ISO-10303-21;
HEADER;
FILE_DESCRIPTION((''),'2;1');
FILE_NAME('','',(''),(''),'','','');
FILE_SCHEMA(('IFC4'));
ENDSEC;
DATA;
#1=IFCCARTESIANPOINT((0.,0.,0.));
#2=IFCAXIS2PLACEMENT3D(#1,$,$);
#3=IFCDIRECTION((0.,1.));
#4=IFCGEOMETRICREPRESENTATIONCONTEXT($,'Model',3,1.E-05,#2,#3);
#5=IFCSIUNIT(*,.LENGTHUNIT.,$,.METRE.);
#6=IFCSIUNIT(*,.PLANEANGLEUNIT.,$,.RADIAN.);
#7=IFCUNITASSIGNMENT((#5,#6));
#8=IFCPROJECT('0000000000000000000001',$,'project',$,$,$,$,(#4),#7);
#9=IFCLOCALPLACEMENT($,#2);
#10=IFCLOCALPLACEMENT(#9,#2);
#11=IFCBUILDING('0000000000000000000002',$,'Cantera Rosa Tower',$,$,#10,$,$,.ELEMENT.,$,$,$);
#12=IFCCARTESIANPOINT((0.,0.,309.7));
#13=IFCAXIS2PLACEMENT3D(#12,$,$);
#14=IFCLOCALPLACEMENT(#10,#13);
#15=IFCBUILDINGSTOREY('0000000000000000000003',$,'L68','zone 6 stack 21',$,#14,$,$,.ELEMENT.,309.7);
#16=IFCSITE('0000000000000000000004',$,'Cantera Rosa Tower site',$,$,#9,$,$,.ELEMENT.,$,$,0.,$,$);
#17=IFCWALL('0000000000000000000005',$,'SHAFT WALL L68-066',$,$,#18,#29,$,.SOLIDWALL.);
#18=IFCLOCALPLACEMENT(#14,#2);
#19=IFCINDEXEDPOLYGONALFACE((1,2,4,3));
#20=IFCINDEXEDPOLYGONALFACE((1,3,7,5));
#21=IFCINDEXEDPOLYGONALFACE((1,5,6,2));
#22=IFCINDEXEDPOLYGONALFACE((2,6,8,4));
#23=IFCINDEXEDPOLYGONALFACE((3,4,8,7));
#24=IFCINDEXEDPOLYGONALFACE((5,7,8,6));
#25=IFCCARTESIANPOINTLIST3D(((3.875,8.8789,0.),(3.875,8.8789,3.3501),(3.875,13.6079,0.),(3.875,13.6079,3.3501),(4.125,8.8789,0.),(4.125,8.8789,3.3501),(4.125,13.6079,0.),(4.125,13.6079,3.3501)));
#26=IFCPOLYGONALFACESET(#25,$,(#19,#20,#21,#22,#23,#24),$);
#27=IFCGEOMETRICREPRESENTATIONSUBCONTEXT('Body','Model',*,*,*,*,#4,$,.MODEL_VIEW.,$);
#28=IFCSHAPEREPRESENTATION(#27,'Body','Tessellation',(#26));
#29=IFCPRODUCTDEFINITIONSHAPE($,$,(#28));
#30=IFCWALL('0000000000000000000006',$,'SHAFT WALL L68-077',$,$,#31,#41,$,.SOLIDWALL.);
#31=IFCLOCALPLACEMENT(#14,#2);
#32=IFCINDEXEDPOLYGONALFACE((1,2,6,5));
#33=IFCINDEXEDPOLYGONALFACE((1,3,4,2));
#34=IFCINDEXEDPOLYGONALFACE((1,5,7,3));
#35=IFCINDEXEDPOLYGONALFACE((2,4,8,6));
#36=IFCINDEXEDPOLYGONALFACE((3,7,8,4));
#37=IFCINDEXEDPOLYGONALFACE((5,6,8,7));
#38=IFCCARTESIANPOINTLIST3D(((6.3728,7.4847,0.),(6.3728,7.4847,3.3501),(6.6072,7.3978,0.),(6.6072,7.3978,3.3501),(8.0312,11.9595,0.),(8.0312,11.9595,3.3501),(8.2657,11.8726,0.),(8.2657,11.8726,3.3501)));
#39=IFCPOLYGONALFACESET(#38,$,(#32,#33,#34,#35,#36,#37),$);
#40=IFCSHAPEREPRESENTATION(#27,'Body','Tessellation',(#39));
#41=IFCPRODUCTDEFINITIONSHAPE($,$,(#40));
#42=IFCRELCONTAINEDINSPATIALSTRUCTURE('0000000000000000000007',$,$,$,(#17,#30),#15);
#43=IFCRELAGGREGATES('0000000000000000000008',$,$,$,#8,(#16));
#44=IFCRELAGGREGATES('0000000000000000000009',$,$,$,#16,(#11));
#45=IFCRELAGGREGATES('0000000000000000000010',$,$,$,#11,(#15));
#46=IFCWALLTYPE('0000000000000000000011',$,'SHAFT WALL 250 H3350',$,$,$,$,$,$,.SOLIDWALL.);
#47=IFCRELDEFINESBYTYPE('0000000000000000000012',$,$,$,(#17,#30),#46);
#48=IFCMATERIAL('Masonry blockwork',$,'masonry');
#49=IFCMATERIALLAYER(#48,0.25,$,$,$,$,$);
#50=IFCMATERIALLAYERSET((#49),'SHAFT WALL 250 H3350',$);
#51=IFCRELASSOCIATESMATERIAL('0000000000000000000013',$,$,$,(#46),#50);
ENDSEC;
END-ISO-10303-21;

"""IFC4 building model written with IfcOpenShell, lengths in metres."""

from ifc_helpers import new_model, si_unit, direction, frame, frame_2d, origin, place, context, subcontext, project, spatial, rectangle, extrude, material, layer, layer_set, type_object, element, save


model = new_model("IFC4")

# Units and contexts
model_context = context("Model", 3, precision=1e-05, world=origin(), true_north=direction((0.0, 1.0)))
body_context = subcontext(model_context, "Body", "Model", "MODEL_VIEW")
ifc_project = project(units=[si_unit("LENGTHUNIT", "METRE"), si_unit("PLANEANGLEUNIT", "RADIAN")], contexts=[model_context])

# Site, building, storey
site_placement = place(None, origin())
site = spatial("IfcSite", under=ifc_project, at=site_placement, Name="Cantera Rosa Tower site", CompositionType="ELEMENT", RefElevation=0.0)
building_placement = place(site_placement, origin())
building = spatial("IfcBuilding", under=site, at=building_placement, Name="Cantera Rosa Tower", CompositionType="ELEMENT")
storey_placement = place(building_placement, frame((0.0, 0.0, 309.7)))
storey = spatial("IfcBuildingStorey", under=building, at=storey_placement, Name="L68", Description="zone 6 stack 21", CompositionType="ELEMENT", Elevation=309.7)

# Walls
ifc_material_1 = material(Name="Masonry blockwork", Category="masonry")
ifc_layer_1 = layer(ifc_material_1, 0.25)
ifc_layer_set_1 = layer_set([ifc_layer_1], Name="SHAFT WALL 250 H3350")
wall_type_1 = type_object("IfcWallType", Name="SHAFT WALL 250 H3350", PredefinedType="SOLIDWALL", material=ifc_layer_set_1)
wall_1_placement = place(storey_placement, frame((4.0, 8.8789, 0.0), z_axis=(0.0, 0.0, 1.0), x_axis=(0.0, 1.0, 0.0)))
element("IfcWall", 1, at=wall_1_placement, inside=storey, type_object=wall_type_1, Name="SHAFT WALL L68-066", PredefinedType="SOLIDWALL", context=body_context, shape_type="SweptSolid", body=[
    extrude(rectangle(XDim=4.729, YDim=0.25, at=frame_2d((2.3645, 0.0))), origin(), (0.0, 0.0, 1.0), 3.3501),
])
wall_2_placement = place(storey_placement, frame((6.49, 7.4412, 0.0), z_axis=(0.0, 0.0, 1.0), x_axis=(0.347516, 0.937674, 0.0)))
element("IfcWall", 2, at=wall_2_placement, inside=storey, type_object=wall_type_1, Name="SHAFT WALL L68-077", PredefinedType="SOLIDWALL", context=body_context, shape_type="SweptSolid", body=[
    extrude(rectangle(XDim=4.7722, YDim=0.25, at=frame_2d((2.3862, 0.0))), origin(), (0.0, 0.0, 1.0), 3.3501),
])

save(model, "model.ifc")
